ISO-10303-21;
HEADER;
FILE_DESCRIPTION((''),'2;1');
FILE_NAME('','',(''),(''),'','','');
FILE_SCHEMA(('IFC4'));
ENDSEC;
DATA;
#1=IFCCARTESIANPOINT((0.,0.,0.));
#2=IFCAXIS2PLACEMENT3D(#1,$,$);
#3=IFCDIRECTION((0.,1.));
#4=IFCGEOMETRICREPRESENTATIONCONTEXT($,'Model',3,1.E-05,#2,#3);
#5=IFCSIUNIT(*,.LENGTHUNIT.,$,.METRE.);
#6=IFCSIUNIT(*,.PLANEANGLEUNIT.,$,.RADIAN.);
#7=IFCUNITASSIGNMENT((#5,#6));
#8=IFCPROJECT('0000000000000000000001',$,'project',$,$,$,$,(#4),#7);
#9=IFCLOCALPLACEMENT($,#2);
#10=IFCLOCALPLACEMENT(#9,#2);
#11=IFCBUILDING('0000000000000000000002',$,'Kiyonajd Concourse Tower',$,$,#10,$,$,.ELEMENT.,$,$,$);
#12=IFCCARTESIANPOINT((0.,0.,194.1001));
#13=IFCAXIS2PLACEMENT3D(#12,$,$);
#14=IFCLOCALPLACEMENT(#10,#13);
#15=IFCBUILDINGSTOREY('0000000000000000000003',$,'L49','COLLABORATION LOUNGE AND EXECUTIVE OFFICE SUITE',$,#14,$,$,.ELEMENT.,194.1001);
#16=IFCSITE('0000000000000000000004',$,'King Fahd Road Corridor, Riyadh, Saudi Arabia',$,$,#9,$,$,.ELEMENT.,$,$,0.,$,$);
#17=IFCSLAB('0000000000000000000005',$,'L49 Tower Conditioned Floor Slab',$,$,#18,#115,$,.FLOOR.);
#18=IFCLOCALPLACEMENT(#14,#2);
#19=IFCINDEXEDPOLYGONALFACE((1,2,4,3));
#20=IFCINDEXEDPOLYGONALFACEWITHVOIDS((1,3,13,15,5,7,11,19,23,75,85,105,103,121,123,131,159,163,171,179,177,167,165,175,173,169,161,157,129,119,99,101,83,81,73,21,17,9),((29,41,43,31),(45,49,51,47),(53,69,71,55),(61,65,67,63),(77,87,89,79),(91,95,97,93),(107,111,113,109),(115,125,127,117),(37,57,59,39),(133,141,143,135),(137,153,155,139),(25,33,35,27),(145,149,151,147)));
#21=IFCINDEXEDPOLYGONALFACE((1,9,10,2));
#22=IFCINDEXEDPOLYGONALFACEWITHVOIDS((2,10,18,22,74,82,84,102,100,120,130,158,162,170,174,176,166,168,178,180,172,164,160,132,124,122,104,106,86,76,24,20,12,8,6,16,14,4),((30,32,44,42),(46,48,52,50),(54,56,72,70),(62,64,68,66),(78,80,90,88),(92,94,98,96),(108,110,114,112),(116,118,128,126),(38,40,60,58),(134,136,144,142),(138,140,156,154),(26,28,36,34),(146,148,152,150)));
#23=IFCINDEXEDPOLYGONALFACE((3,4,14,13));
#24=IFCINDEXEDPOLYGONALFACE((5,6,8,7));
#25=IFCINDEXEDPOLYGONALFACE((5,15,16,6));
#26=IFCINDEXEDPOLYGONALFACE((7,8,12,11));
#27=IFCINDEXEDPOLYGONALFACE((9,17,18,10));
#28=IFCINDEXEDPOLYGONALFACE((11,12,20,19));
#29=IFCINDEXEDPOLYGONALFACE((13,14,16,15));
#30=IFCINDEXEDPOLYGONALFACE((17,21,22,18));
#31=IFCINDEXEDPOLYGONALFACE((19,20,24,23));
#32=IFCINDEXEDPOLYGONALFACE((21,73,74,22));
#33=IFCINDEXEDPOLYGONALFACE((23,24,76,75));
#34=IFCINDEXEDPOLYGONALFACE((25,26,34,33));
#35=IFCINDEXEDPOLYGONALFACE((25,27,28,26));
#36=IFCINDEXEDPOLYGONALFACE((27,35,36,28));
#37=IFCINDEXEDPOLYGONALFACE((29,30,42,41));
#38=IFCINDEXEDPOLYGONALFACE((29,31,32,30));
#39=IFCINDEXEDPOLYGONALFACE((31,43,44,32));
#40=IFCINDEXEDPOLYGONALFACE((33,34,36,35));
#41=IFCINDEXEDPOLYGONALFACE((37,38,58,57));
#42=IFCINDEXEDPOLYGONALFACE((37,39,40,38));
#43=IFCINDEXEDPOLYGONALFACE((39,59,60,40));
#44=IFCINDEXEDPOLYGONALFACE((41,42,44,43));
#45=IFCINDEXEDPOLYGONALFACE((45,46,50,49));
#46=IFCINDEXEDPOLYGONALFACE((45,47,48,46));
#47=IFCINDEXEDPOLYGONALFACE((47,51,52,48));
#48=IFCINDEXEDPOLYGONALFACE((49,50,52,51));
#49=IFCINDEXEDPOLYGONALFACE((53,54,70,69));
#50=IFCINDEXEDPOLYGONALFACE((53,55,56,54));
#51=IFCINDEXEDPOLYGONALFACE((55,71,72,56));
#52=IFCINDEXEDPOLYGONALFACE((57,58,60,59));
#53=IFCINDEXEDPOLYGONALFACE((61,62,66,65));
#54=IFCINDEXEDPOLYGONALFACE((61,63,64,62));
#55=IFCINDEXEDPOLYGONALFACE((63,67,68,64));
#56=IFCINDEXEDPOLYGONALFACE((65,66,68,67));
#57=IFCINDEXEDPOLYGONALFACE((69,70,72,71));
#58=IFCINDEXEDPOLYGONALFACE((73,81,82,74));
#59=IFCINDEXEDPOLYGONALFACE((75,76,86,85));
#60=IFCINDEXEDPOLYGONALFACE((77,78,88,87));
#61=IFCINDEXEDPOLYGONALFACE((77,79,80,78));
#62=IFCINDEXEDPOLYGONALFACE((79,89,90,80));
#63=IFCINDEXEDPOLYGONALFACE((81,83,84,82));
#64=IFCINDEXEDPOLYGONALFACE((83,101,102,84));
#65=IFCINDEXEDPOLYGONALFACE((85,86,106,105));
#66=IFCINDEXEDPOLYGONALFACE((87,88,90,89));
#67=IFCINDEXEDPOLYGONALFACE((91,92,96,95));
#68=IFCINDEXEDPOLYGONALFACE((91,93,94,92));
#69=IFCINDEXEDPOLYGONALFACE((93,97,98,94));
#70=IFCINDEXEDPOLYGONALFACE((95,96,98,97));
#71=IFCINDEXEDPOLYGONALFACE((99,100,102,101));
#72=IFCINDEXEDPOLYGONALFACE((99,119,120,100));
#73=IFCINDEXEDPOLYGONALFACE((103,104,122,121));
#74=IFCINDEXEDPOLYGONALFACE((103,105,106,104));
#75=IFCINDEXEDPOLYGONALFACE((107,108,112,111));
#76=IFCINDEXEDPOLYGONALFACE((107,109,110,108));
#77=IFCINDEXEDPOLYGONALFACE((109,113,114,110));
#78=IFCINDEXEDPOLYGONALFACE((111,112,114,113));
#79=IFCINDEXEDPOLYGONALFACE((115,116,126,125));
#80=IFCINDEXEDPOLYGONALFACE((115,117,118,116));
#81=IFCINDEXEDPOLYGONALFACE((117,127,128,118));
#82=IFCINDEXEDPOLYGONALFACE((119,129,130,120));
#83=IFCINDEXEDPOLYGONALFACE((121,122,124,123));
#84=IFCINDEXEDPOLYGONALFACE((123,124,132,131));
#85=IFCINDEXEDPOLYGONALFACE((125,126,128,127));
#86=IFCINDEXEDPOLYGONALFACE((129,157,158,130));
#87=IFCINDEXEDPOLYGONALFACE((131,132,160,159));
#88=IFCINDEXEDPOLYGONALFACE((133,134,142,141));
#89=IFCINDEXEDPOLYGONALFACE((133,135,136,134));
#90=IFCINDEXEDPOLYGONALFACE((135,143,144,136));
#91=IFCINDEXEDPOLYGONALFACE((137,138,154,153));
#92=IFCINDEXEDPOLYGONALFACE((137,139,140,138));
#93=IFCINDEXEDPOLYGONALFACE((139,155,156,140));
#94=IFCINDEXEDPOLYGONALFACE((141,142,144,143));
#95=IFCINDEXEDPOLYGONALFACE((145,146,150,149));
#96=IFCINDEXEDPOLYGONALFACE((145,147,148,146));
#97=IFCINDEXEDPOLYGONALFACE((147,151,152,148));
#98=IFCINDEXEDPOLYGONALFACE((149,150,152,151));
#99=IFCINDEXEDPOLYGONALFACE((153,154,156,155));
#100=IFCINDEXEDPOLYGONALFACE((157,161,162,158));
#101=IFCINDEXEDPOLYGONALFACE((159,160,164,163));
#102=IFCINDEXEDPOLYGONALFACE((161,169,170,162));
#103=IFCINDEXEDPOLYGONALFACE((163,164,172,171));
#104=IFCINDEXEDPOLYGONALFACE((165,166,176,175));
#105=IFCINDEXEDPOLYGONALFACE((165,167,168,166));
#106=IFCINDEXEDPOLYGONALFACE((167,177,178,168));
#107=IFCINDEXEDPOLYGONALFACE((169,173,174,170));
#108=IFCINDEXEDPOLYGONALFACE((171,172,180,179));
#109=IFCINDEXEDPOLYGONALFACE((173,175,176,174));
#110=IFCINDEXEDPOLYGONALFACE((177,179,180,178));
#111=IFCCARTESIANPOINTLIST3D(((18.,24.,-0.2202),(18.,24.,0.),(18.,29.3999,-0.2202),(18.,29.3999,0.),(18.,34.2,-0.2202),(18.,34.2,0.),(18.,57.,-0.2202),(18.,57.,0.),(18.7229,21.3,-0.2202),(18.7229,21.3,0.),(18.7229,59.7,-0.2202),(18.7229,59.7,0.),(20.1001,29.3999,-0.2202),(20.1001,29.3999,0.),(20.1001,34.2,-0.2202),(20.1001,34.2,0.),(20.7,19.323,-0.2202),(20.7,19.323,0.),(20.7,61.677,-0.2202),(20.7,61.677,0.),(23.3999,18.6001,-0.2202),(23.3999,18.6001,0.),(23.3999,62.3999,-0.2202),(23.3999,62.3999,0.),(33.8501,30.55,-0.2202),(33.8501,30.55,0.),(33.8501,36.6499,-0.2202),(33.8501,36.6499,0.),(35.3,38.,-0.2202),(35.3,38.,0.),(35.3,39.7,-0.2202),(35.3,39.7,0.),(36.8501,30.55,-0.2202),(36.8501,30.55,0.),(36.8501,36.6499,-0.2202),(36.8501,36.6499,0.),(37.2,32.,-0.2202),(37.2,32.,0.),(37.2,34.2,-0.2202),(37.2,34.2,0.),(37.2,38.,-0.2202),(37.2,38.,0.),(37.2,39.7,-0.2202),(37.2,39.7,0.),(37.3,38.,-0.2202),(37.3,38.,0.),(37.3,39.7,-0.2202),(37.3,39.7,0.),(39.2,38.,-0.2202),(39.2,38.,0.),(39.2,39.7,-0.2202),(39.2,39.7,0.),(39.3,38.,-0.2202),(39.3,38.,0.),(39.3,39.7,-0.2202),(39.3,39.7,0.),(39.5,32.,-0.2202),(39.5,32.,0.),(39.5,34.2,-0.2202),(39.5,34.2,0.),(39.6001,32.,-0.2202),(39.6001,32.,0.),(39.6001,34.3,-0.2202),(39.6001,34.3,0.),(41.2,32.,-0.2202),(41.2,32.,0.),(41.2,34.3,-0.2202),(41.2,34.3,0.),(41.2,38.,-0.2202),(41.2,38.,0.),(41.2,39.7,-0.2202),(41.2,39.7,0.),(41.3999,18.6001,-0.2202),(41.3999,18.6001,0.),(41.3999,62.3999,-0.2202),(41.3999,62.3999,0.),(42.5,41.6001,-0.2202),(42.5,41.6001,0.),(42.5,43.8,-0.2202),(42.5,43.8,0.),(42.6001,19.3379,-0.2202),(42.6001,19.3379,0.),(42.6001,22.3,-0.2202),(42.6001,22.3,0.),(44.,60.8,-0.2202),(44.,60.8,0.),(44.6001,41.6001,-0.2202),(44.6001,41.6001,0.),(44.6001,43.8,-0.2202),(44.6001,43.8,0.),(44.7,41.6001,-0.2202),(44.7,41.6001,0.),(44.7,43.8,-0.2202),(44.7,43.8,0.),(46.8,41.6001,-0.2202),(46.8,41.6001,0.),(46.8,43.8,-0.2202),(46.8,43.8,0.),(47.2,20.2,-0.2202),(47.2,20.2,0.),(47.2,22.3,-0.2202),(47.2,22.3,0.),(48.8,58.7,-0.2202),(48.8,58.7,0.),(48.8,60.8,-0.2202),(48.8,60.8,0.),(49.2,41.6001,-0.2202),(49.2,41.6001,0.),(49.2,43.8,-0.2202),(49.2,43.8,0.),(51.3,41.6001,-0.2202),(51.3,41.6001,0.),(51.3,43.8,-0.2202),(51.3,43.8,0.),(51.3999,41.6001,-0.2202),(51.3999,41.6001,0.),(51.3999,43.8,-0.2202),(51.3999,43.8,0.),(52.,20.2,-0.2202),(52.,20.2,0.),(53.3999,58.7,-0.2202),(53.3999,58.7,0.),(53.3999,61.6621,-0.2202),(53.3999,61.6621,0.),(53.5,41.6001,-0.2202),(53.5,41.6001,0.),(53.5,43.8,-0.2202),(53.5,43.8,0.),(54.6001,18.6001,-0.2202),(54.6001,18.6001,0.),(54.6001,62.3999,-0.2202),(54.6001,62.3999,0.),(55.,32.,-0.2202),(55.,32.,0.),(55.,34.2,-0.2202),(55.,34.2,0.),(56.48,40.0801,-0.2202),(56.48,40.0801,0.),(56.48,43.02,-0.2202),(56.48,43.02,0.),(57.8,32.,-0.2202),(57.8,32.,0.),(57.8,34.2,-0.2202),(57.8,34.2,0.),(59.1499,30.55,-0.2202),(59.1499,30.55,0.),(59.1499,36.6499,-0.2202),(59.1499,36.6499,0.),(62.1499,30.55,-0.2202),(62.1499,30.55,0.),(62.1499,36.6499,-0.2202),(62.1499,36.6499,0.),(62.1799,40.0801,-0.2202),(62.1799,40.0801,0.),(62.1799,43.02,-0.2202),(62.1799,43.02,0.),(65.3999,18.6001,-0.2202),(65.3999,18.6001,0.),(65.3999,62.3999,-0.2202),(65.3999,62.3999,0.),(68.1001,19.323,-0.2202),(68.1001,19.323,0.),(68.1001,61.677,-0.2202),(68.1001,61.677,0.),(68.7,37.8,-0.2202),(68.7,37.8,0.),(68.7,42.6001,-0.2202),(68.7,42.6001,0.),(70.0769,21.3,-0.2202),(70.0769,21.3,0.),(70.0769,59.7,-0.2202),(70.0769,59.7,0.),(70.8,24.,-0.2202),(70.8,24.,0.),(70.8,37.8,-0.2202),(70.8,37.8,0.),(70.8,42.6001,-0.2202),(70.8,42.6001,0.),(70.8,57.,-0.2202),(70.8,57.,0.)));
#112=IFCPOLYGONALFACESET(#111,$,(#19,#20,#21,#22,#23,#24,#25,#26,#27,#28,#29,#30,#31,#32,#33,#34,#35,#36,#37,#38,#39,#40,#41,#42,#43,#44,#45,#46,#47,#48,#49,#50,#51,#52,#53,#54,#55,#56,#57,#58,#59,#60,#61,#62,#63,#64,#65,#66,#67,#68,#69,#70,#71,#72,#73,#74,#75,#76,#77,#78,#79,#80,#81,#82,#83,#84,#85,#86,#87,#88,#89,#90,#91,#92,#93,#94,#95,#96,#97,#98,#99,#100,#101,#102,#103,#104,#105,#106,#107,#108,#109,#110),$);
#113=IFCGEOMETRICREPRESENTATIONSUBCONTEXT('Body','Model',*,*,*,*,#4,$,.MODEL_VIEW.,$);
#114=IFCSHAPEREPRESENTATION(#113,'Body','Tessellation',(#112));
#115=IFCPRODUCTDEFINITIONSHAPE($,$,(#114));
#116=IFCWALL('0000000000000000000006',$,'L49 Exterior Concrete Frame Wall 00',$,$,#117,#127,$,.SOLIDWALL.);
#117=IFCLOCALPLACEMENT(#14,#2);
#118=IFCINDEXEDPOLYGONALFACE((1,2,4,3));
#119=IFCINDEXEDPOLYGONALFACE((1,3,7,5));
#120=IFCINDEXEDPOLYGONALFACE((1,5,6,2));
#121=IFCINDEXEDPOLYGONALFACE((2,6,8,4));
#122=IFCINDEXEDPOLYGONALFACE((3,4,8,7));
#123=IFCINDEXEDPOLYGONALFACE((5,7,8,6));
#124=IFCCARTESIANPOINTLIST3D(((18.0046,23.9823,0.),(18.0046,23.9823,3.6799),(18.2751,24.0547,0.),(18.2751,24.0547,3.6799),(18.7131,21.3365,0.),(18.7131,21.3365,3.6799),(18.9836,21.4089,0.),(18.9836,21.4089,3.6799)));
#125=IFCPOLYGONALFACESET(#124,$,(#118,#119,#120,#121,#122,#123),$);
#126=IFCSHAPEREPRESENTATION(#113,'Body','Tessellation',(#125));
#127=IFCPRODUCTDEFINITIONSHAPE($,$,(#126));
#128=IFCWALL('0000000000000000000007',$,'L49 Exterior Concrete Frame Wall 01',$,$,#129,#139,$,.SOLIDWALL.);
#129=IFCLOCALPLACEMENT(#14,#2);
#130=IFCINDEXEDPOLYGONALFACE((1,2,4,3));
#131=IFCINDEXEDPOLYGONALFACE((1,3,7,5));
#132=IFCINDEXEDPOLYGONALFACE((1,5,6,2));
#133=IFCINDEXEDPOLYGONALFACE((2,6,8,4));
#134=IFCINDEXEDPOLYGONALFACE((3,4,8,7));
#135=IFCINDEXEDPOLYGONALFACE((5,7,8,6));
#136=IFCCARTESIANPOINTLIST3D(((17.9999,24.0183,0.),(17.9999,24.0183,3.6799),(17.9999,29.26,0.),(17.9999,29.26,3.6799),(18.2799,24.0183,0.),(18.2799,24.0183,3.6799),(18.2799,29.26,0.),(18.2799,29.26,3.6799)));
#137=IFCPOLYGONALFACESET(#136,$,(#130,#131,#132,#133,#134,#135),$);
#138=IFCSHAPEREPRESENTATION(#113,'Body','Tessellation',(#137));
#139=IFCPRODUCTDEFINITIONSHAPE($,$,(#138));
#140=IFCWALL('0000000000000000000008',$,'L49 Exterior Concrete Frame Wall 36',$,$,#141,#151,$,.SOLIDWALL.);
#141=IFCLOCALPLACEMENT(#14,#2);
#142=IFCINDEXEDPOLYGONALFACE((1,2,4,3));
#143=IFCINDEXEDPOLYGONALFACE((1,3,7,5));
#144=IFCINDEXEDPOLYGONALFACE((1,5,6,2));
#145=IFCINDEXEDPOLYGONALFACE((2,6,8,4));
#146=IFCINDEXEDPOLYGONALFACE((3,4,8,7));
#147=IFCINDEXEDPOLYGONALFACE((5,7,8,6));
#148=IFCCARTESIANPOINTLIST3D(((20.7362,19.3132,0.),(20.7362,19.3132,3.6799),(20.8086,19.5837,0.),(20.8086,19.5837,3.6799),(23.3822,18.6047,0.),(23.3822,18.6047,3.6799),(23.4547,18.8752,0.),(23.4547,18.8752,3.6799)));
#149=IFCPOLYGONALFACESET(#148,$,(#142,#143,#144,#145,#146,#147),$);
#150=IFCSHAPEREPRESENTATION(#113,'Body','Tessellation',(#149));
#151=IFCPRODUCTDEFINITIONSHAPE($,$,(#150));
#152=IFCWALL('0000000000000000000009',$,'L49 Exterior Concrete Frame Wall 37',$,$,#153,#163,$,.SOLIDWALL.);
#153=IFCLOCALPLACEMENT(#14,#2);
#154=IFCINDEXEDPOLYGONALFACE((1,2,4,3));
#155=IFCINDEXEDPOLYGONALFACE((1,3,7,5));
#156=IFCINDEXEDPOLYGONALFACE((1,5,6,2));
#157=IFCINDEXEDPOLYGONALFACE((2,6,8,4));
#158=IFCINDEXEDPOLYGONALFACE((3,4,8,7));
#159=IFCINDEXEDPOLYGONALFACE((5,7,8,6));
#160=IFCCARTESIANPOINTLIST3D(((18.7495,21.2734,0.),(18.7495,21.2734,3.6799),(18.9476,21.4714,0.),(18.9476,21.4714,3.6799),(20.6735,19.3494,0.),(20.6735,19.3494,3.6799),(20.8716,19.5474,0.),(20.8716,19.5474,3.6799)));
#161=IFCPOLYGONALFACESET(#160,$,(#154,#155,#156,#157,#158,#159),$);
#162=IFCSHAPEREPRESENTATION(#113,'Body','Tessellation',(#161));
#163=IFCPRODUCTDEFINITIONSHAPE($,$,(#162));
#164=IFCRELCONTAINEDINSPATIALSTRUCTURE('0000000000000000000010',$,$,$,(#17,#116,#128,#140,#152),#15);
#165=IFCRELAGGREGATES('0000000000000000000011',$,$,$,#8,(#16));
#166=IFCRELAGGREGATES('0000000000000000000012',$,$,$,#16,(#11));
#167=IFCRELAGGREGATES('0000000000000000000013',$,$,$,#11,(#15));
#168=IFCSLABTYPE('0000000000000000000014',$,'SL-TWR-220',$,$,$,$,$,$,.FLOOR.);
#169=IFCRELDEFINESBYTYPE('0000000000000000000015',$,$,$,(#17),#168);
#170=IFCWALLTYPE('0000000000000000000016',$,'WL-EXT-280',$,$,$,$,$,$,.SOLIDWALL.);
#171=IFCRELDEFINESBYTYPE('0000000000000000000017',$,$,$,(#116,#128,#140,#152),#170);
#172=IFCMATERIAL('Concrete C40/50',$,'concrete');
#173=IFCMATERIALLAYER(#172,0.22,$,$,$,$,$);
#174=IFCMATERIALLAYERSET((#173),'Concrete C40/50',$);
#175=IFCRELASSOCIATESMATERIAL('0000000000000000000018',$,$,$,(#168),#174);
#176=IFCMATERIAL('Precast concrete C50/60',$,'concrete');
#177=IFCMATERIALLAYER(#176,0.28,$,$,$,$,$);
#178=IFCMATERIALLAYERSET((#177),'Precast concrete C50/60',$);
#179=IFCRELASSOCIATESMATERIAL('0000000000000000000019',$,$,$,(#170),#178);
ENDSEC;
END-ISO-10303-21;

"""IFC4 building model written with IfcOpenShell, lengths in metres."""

from ifc_helpers import new_model, si_unit, direction, frame, frame_2d, origin, place, context, subcontext, project, spatial, polyline, rectangle, outline, extrude, material, layer, layer_set, type_object, element, save


model = new_model("IFC4")

# Units and contexts
model_context = context("Model", 3, precision=1e-05, world=origin(), true_north=direction((0.0, 1.0)))
body_context = subcontext(model_context, "Body", "Model", "MODEL_VIEW")
ifc_project = project(units=[si_unit("LENGTHUNIT", "METRE"), si_unit("PLANEANGLEUNIT", "RADIAN")], contexts=[model_context])

# Site, building, storey
site_placement = place(None, origin())
site = spatial("IfcSite", under=ifc_project, at=site_placement, Name="King Fahd Road Corridor, Riyadh, Saudi Arabia", CompositionType="ELEMENT", RefElevation=0.0)
building_placement = place(site_placement, origin())
building = spatial("IfcBuilding", under=site, at=building_placement, Name="Kiyonajd Concourse Tower", CompositionType="ELEMENT")
storey_placement = place(building_placement, frame((0.0, 0.0, 194.1001)))
storey = spatial("IfcBuildingStorey", under=building, at=storey_placement, Name="L49", Description="COLLABORATION LOUNGE AND EXECUTIVE OFFICE SUITE", CompositionType="ELEMENT", Elevation=194.1001)

# Shared definitions
ifc_material_1 = material(Name="Concrete C40/50", Category="concrete")

# Slab
ifc_material_2 = material(Name="Precast concrete C50/60", Category="concrete")
ifc_layer_1 = layer(ifc_material_1, 0.22)
ifc_layer_set_1 = layer_set([ifc_layer_1], Name="Concrete C40/50")
slab_type_1 = type_object("IfcSlabType", Name="SL-TWR-220", PredefinedType="FLOOR", material=ifc_layer_set_1)
slab_1_placement = place(storey_placement, frame((0.0, 0.0, -0.2202)))
element("IfcSlab", 1, at=slab_1_placement, inside=storey, type_object=slab_type_1, Name="L49 Tower Conditioned Floor Slab", PredefinedType="FLOOR", context=body_context, shape_type="SweptSolid", body=[
    extrude(outline(polyline([(18.7229, 21.3), (18.0, 24.0), (18.0, 29.3999), (20.1001, 29.3999), (20.1001, 34.2), (18.0, 34.2), (18.0, 57.0), (18.7229, 59.7), (20.7, 61.677), (23.3999, 62.3999), (41.3999, 62.3999), (44.0, 60.8), (48.8, 60.8), (48.8, 58.7), (53.3999, 58.7), (53.3999, 61.6621), (54.6001, 62.3999), (65.3999, 62.3999), (68.1001, 61.677), (70.0769, 59.7), (70.8, 57.0), (70.8, 42.6001), (68.7, 42.6001), (68.7, 37.8), (70.8, 37.8), (70.8, 24.0), (70.0769, 21.3), (68.1001, 19.323), (65.3999, 18.6001), (54.6001, 18.6001), (52.0, 20.2), (47.2, 20.2), (47.2, 22.3), (42.6001, 22.3), (42.6001, 19.3379), (41.3999, 18.6001), (23.3999, 18.6001), (20.7, 19.323), (18.7229, 21.3)]), holes=[polyline([(39.5, 32.0), (37.2, 32.0), (37.2, 34.2), (39.5, 34.2), (39.5, 32.0)]), polyline([(39.6001, 32.0), (39.6001, 34.3), (41.2, 34.3), (41.2, 32.0), (39.6001, 32.0)]), polyline([(33.8501, 30.55), (33.8501, 36.6499), (36.8501, 36.6499), (36.8501, 30.55), (33.8501, 30.55)]), polyline([(37.2, 38.0), (35.3, 38.0), (35.3, 39.7), (37.2, 39.7), (37.2, 38.0)]), polyline([(37.3, 38.0), (37.3, 39.7), (39.2, 39.7), (39.2, 38.0), (37.3, 38.0)]), polyline([(39.3, 38.0), (39.3, 39.7), (41.2, 39.7), (41.2, 38.0), (39.3, 38.0)]), polyline([(44.6001, 41.6001), (42.5, 41.6001), (42.5, 43.8), (44.6001, 43.8), (44.6001, 41.6001)]), polyline([(55.0, 32.0), (55.0, 34.2), (57.8, 34.2), (57.8, 32.0), (55.0, 32.0)]), polyline([(59.1499, 30.55), (59.1499, 36.6499), (62.1499, 36.6499), (62.1499, 30.55), (59.1499, 30.55)]), polyline([(56.48, 43.02), (62.1799, 43.02), (62.1799, 40.0801), (56.48, 40.0801), (56.48, 43.02)]), polyline([(44.7, 41.6001), (44.7, 43.8), (46.8, 43.8), (46.8, 41.6001), (44.7, 41.6001)]), polyline([(49.2, 41.6001), (49.2, 43.8), (51.3, 43.8), (51.3, 41.6001), (49.2, 41.6001)]), polyline([(51.3999, 41.6001), (51.3999, 43.8), (53.5, 43.8), (53.5, 41.6001), (51.3999, 41.6001)])]), origin(), (0.0, 0.0, 1.0), 0.2202),
])

# Walls
ifc_layer_2 = layer(ifc_material_2, 0.28)
ifc_layer_set_2 = layer_set([ifc_layer_2], Name="Precast concrete C50/60")
wall_type = type_object("IfcWallType", Name="WL-EXT-280", PredefinedType="SOLIDWALL", material=ifc_layer_set_2)
wall_1_placement = place(storey_placement, frame((18.8484, 21.3726, 0.0), z_axis=(0.0, 0.0, 1.0), x_axis=(-0.258672, 0.965965, 0.0)))
element("IfcWall", 2, at=wall_1_placement, inside=storey, type_object=wall_type, Name="L49 Exterior Concrete Frame Wall 00", PredefinedType="SOLIDWALL", context=body_context, shape_type="SweptSolid", body=[
    extrude(rectangle(XDim=2.739, YDim=0.28, at=frame_2d((1.3696, 0.0))), origin(), (0.0, 0.0, 1.0), 3.6799),
])
wall_2_placement = place(storey_placement, frame((18.1399, 24.0183, 0.0), z_axis=(0.0, 0.0, 1.0), x_axis=(0.0, 1.0, 0.0)))
element("IfcWall", 3, at=wall_2_placement, inside=storey, type_object=wall_type, Name="L49 Exterior Concrete Frame Wall 01", PredefinedType="SOLIDWALL", context=body_context, shape_type="SweptSolid", body=[
    extrude(rectangle(XDim=5.2417, YDim=0.28, at=frame_2d((2.6208, 0.0))), origin(), (0.0, 0.0, 1.0), 3.6799),
])
wall_3_placement = place(storey_placement, frame((23.4185, 18.74, 0.0), z_axis=(0.0, 0.0, 1.0), x_axis=(-0.965971, 0.25865, 0.0)))
element("IfcWall", 4, at=wall_3_placement, inside=storey, type_object=wall_type, Name="L49 Exterior Concrete Frame Wall 36", PredefinedType="SOLIDWALL", context=body_context, shape_type="SweptSolid", body=[
    extrude(rectangle(XDim=2.7393, YDim=0.28, at=frame_2d((1.3696, 0.0))), origin(), (0.0, 0.0, 1.0), 3.6799),
])
wall_4_placement = place(storey_placement, frame((20.7725, 19.4485, 0.0), z_axis=(0.0, 0.0, 1.0), x_axis=(-0.707107, 0.707107, 0.0)))
element("IfcWall", 5, at=wall_4_placement, inside=storey, type_object=wall_type, Name="L49 Exterior Concrete Frame Wall 37", PredefinedType="SOLIDWALL", context=body_context, shape_type="SweptSolid", body=[
    extrude(rectangle(XDim=2.7209, YDim=0.28, at=frame_2d((1.3604, 0.0))), origin(), (0.0, 0.0, 1.0), 3.6799),
])

save(model, "model.ifc")
